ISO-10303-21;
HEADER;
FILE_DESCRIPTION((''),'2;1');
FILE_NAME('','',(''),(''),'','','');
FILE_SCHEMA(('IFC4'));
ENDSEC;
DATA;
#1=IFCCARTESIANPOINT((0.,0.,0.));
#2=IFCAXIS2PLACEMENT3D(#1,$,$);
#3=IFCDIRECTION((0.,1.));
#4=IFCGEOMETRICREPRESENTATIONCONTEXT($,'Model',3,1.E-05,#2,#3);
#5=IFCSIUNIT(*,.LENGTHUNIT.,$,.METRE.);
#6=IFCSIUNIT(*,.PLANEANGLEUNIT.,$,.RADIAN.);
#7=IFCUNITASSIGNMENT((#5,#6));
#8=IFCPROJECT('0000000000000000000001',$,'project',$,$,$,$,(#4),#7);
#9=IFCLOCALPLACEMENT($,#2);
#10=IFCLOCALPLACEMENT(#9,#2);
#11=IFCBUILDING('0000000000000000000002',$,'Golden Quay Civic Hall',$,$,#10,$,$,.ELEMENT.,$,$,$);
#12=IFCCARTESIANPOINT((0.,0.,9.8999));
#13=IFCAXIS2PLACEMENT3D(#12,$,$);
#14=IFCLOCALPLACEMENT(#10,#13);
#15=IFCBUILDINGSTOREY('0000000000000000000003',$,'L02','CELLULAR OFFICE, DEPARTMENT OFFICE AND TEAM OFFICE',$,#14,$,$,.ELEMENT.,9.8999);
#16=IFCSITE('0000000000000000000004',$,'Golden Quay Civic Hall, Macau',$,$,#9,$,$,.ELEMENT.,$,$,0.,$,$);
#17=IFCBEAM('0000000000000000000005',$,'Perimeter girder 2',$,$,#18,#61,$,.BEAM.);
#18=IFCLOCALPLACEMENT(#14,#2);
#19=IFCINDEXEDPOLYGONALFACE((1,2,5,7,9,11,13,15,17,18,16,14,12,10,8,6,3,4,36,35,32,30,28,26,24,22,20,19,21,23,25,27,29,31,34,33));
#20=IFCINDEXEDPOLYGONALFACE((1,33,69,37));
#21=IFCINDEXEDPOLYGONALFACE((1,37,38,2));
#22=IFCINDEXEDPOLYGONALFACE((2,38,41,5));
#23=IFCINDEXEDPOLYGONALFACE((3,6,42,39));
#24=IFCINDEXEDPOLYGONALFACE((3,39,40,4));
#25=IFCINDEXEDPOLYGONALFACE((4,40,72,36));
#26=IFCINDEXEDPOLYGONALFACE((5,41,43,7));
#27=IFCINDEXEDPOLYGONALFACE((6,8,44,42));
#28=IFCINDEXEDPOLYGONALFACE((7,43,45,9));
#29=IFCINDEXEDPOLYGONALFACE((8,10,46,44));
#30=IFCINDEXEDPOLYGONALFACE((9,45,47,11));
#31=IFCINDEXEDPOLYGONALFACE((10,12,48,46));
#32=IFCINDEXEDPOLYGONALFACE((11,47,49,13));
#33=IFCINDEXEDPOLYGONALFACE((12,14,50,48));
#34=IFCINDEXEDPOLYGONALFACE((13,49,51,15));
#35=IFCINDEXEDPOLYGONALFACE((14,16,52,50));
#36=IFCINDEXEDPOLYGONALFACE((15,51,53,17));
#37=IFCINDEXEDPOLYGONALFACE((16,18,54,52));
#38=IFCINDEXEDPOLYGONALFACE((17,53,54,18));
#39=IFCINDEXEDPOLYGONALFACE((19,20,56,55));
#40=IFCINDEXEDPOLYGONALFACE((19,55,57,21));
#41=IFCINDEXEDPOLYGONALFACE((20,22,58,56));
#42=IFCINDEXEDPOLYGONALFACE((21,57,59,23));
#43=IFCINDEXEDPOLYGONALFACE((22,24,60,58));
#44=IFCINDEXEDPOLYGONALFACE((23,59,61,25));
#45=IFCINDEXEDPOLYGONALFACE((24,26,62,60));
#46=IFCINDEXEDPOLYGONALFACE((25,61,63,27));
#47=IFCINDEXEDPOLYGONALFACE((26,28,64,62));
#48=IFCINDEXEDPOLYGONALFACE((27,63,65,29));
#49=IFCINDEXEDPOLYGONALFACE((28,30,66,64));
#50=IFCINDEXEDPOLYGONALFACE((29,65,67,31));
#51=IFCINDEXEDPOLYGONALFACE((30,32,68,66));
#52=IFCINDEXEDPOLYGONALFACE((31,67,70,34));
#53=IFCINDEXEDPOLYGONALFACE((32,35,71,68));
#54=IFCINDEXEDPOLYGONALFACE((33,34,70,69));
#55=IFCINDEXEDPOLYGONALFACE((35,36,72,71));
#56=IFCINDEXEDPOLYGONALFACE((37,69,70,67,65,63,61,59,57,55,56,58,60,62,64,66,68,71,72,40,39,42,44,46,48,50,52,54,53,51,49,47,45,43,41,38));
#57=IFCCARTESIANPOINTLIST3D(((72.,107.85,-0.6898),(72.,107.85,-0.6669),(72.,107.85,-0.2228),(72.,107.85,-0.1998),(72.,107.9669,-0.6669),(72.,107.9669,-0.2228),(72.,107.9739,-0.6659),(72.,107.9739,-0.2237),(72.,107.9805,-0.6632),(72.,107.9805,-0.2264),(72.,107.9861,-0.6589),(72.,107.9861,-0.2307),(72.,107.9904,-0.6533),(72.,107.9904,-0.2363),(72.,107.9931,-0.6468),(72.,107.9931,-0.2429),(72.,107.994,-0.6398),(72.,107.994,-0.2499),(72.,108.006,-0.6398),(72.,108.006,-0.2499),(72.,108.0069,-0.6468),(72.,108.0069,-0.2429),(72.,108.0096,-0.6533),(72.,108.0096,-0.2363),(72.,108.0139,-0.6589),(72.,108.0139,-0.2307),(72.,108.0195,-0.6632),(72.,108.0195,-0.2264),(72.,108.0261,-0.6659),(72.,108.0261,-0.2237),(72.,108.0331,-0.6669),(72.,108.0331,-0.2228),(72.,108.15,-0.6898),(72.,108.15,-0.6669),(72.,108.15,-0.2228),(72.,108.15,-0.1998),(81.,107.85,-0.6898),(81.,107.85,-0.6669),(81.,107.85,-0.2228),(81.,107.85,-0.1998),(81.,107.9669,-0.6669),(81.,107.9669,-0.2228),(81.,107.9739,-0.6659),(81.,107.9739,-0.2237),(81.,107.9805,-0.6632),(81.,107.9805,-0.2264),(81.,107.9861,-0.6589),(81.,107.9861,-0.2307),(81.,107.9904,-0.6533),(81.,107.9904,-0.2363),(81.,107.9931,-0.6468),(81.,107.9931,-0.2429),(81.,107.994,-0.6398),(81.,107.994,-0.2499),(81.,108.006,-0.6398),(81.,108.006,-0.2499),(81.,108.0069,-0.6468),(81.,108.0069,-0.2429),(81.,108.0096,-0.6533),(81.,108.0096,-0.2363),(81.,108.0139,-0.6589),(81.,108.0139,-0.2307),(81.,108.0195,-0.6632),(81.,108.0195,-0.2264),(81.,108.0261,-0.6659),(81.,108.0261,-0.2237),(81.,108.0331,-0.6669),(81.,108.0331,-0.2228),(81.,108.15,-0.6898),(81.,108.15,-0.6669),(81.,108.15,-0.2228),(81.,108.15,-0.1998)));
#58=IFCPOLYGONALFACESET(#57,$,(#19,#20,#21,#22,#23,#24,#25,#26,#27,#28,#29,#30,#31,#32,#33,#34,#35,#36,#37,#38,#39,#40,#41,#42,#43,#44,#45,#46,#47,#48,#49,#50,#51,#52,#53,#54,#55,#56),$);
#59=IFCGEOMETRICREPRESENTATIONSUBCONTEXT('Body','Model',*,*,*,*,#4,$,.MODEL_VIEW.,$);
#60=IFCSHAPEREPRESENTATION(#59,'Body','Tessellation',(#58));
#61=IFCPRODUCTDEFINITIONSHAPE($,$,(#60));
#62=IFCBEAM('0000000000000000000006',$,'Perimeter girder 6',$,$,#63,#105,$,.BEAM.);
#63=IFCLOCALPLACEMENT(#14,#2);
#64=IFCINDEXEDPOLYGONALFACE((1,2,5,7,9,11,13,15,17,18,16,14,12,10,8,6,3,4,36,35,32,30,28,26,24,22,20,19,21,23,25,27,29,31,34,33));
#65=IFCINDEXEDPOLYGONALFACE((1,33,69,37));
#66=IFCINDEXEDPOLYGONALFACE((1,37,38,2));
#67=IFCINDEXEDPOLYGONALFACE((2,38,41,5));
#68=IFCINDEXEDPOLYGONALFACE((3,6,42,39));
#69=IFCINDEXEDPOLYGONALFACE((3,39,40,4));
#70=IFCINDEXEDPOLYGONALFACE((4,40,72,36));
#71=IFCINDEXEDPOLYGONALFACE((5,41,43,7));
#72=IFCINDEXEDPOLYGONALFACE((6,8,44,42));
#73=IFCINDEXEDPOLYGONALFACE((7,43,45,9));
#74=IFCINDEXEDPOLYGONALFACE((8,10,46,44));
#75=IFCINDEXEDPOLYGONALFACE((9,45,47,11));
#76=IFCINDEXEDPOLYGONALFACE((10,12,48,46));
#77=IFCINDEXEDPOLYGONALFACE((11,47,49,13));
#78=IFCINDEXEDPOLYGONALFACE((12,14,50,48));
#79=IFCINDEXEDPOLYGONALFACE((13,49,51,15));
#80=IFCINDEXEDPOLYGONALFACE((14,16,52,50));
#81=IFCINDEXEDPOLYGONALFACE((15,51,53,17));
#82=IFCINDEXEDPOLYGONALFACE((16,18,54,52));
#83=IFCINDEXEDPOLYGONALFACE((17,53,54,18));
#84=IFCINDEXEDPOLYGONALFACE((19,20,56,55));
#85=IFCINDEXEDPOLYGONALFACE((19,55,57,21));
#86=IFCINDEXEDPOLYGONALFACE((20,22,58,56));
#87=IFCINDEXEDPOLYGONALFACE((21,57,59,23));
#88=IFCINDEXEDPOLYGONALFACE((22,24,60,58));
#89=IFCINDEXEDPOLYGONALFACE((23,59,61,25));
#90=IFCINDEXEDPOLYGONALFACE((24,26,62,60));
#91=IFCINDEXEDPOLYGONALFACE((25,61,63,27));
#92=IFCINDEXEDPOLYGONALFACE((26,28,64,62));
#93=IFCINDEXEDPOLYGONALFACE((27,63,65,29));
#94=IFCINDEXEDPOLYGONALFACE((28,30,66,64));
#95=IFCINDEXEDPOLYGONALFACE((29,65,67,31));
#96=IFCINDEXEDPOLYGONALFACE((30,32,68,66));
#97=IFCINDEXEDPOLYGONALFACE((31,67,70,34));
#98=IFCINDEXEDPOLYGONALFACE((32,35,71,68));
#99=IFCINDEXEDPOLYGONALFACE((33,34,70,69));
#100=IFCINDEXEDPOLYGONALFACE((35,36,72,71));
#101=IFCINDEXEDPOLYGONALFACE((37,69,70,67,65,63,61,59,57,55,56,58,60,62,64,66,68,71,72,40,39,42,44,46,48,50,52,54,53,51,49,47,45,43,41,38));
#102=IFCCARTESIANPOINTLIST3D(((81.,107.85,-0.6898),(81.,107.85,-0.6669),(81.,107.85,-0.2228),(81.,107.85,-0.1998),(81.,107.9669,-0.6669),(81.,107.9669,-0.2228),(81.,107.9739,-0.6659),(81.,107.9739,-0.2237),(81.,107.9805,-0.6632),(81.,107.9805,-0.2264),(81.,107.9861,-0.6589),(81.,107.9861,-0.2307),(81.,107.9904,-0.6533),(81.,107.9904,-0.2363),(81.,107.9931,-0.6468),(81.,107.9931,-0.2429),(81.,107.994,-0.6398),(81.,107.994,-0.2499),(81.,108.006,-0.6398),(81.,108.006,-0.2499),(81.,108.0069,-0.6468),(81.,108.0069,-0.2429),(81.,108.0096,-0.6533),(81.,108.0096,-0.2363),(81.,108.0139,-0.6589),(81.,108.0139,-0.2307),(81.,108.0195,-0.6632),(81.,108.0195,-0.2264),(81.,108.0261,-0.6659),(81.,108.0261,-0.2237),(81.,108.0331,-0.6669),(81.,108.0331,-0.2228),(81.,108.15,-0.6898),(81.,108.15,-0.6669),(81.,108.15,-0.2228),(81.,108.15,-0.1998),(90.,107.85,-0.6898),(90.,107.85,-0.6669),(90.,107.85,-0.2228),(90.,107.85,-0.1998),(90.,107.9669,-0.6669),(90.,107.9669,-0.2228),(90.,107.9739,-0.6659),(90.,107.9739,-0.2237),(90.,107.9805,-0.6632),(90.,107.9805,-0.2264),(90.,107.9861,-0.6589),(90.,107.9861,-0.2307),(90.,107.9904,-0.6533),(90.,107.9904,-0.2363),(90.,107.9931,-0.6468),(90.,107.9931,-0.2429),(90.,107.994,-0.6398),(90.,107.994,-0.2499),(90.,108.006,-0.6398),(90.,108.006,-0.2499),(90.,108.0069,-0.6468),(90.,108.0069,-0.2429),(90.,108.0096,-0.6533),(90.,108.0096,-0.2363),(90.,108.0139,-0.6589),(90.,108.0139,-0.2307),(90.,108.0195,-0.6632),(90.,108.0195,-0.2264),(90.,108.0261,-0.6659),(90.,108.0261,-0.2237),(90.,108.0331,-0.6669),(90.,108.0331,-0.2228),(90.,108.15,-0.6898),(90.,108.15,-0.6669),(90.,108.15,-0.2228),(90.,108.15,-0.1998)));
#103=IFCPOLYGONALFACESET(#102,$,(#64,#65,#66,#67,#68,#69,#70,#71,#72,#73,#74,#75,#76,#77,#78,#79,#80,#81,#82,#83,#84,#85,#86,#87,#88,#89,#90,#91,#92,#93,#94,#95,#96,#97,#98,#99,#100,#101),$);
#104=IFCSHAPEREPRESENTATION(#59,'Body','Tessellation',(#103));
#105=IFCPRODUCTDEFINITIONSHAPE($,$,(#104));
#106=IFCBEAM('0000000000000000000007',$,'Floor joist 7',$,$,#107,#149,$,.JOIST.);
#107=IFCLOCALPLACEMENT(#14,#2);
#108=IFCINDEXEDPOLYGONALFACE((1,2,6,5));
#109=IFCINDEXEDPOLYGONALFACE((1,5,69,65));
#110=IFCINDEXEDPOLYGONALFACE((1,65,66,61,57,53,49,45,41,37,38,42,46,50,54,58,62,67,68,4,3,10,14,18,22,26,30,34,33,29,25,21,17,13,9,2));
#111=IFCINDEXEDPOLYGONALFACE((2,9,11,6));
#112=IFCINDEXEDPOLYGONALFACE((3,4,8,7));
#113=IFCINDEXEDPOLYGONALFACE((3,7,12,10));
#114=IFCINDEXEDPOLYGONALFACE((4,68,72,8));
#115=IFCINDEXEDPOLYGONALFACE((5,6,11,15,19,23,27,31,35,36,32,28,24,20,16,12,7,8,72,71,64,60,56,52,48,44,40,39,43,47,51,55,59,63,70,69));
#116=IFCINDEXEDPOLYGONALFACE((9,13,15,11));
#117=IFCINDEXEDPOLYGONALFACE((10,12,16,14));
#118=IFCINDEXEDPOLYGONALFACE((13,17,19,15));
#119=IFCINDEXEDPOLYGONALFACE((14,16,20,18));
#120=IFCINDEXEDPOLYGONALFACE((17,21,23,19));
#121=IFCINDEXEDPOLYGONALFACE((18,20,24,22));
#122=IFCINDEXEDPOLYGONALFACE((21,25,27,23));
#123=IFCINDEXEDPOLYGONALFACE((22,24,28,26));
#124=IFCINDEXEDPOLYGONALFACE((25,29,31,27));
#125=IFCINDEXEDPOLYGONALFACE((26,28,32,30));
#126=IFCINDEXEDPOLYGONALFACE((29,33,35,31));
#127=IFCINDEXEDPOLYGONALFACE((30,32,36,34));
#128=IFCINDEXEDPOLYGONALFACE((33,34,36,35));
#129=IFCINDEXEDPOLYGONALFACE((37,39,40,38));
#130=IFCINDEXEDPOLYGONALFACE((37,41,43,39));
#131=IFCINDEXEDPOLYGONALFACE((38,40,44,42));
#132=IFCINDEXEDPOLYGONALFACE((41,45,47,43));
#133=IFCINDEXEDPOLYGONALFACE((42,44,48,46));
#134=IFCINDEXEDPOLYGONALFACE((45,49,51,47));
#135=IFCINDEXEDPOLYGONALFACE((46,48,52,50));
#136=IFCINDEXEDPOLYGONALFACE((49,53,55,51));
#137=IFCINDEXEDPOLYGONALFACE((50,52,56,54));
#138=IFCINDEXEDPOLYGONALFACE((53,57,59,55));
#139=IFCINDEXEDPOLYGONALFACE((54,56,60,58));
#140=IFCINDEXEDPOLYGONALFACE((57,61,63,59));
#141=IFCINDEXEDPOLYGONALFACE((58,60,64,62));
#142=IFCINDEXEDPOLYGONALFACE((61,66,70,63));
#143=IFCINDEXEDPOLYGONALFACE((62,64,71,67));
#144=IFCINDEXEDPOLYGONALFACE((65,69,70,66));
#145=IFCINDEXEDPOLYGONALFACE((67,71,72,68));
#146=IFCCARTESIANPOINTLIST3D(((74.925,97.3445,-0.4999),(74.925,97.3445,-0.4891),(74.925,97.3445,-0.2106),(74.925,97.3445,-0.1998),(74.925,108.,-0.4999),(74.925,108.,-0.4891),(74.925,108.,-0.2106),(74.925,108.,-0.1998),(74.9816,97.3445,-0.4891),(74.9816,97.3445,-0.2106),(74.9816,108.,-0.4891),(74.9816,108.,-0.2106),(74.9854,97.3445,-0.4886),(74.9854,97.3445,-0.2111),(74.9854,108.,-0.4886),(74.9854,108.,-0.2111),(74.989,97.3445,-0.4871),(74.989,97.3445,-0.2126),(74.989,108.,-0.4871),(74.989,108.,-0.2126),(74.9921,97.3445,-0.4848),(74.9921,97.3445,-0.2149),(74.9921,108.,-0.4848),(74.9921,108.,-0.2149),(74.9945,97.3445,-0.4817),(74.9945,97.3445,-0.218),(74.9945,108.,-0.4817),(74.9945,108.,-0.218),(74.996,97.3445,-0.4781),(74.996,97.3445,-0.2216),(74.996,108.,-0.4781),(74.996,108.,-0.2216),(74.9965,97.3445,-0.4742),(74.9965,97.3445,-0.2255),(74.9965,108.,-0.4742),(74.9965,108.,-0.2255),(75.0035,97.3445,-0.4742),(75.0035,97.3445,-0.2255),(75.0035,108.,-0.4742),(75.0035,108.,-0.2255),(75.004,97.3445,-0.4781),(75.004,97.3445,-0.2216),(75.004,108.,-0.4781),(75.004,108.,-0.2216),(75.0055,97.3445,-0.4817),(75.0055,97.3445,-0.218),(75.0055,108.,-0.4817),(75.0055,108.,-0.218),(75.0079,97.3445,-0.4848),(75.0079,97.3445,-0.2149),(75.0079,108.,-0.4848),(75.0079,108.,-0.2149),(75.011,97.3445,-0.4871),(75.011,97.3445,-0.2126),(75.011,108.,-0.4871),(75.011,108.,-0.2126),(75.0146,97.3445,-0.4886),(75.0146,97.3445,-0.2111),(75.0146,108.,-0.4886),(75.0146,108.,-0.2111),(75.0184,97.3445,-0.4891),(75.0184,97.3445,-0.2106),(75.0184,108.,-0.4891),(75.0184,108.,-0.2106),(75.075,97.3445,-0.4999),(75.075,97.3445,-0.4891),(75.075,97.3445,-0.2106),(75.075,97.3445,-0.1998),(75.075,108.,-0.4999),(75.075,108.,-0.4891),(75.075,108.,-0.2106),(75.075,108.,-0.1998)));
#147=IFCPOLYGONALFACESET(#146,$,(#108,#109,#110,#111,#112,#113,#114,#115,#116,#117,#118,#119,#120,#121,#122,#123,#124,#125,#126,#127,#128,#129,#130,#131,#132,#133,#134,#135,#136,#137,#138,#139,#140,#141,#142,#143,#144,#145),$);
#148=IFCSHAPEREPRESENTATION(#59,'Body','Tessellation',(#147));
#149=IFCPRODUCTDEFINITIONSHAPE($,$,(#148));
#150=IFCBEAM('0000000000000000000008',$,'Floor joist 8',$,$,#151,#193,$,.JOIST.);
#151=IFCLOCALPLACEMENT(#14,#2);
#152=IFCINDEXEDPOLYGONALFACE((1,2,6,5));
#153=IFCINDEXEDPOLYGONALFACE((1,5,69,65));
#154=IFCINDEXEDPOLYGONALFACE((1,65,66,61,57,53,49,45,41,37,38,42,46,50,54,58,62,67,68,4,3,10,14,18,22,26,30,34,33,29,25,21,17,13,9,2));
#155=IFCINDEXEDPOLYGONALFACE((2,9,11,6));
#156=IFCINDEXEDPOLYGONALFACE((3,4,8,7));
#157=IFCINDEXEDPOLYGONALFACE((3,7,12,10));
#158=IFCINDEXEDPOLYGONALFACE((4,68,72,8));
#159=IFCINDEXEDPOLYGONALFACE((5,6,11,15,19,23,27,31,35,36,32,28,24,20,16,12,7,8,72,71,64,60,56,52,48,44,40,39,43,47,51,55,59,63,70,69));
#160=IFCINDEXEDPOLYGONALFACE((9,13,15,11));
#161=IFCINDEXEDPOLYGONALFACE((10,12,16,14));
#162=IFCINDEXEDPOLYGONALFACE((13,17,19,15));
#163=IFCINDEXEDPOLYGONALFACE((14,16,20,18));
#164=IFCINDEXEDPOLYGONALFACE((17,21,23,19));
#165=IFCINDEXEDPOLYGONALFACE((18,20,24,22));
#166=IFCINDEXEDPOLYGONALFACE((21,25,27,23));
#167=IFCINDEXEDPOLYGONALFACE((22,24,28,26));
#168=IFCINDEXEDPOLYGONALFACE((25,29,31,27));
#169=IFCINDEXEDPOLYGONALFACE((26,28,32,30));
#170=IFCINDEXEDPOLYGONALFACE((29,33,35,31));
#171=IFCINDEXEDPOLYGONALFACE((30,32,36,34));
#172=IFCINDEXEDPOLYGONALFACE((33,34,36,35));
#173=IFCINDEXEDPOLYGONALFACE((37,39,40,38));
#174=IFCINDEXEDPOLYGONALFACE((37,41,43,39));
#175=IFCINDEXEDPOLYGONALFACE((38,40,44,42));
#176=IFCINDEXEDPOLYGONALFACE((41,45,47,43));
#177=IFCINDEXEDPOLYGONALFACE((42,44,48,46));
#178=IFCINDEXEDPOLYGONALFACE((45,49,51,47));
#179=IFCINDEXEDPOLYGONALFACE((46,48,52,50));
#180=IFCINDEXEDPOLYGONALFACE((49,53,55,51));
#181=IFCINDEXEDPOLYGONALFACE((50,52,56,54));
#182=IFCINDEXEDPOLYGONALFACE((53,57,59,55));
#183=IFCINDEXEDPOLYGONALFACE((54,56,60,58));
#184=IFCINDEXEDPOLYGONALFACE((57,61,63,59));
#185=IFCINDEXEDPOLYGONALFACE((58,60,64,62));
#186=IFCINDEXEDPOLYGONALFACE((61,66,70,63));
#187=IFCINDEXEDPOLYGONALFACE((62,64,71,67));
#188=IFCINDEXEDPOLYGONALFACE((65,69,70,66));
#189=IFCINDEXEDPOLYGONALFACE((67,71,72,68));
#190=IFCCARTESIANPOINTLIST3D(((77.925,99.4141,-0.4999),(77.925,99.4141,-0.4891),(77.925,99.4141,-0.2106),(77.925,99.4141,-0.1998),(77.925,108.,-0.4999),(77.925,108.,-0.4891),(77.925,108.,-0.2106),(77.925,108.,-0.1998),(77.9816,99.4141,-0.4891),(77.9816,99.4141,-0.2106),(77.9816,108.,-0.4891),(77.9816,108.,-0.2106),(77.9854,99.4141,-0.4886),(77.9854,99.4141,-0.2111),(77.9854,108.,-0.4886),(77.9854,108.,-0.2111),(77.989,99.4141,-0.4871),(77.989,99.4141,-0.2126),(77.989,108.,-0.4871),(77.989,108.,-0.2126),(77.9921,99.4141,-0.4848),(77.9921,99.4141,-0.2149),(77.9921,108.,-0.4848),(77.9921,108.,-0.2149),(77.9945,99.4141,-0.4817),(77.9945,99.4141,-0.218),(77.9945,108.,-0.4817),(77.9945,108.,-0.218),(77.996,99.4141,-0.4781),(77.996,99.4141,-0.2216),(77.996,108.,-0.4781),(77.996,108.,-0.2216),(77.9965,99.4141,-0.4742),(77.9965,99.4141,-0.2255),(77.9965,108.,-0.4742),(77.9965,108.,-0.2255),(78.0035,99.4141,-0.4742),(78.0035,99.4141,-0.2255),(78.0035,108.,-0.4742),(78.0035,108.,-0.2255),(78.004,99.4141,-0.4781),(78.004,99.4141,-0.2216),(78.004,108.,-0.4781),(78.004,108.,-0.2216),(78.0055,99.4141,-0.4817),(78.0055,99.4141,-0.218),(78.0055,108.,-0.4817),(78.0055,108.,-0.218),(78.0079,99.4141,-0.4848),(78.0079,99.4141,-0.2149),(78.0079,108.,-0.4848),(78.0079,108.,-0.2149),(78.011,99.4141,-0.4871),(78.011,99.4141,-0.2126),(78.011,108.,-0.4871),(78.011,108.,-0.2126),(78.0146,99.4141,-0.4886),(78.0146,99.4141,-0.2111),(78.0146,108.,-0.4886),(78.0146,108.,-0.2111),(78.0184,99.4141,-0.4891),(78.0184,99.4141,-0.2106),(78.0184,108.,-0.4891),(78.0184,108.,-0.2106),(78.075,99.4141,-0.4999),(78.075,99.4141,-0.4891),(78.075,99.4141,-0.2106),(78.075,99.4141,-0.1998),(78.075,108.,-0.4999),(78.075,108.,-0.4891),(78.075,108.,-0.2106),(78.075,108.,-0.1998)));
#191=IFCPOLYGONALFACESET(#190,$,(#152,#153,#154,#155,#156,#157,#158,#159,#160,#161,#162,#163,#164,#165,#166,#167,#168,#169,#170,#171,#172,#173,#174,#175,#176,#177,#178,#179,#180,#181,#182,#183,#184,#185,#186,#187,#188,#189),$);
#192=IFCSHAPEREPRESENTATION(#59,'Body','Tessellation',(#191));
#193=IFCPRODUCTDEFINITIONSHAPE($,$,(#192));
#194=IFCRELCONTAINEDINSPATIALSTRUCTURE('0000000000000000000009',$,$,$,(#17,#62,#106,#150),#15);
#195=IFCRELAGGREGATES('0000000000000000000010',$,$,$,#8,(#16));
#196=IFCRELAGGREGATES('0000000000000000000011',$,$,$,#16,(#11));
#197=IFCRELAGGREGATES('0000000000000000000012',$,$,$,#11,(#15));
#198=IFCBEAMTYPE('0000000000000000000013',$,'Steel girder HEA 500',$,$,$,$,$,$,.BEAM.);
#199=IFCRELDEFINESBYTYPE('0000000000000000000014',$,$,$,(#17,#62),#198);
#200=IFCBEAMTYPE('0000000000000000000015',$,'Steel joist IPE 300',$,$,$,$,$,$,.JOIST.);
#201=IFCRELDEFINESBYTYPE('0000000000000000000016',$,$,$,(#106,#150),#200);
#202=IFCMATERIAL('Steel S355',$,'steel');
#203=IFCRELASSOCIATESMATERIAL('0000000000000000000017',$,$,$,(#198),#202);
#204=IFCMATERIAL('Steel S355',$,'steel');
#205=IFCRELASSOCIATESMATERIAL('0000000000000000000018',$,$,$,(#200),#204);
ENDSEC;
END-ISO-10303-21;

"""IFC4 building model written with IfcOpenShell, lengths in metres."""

from ifc_helpers import new_model, si_unit, direction, frame, origin, origin_2d, place, context, subcontext, project, spatial, i_section, extrude, material, material_profile, profile_set, type_object, element, save


model = new_model("IFC4")

# Units and contexts
model_context = context("Model", 3, precision=1e-05, world=origin(), true_north=direction((0.0, 1.0)))
body_context = subcontext(model_context, "Body", "Model", "MODEL_VIEW")
ifc_project = project(units=[si_unit("LENGTHUNIT", "METRE"), si_unit("PLANEANGLEUNIT", "RADIAN")], contexts=[model_context])

# Site, building, storey
site_placement = place(None, origin())
site = spatial("IfcSite", under=ifc_project, at=site_placement, Name="Golden Quay Civic Hall, Macau", CompositionType="ELEMENT", RefElevation=0.0)
building_placement = place(site_placement, origin())
building = spatial("IfcBuilding", under=site, at=building_placement, Name="Golden Quay Civic Hall", CompositionType="ELEMENT")
storey_placement = place(building_placement, frame((0.0, 0.0, 9.8999)))
storey = spatial("IfcBuildingStorey", under=building, at=storey_placement, Name="L02", Description="CELLULAR OFFICE, DEPARTMENT OFFICE AND TEAM OFFICE", CompositionType="ELEMENT", Elevation=9.8999)

# Beams
ifc_material_1 = material(Name="Steel S355", Category="steel")
ifc_material_profile_1 = material_profile(ifc_material_1, i_section(OverallWidth=0.3, OverallDepth=0.49, WebThickness=0.012, FlangeThickness=0.0229, FilletRadius=0.0271, at=origin_2d()), Name="HEA 500")
ifc_profile_set_1 = profile_set([ifc_material_profile_1], Name="Steel S355")
beam_type_1 = type_object("IfcBeamType", Name="Steel girder HEA 500", PredefinedType="BEAM", material=ifc_profile_set_1)
for number, where, z_axis, x_axis, name in (
    (1, (72.0, 108.0, -0.4448), (1.0, 0.0, 0.0), (0.0, 1.0, 0.0), "Perimeter girder 2"),
    (2, (81.0, 108.0, -0.4448), (1.0, 0.0, 0.0), (0.0, 1.0, 0.0), "Perimeter girder 6"),
):
    element("IfcBeam", number, at=place(storey_placement, frame(where, z_axis=z_axis, x_axis=x_axis)), inside=storey, type_object=beam_type_1, Name=name, PredefinedType="BEAM", context=body_context, shape_type="SweptSolid", body=[
        extrude(i_section(OverallWidth=0.3, OverallDepth=0.49, WebThickness=0.012, FlangeThickness=0.0229, FilletRadius=0.0271, at=origin_2d()), origin(), (0.0, 0.0, 1.0), 9.0),
    ])
ifc_material_2 = material(Name="Steel S355", Category="steel")
ifc_material_profile_2 = material_profile(ifc_material_2, i_section(OverallWidth=0.1499, OverallDepth=0.3, WebThickness=0.0071, FlangeThickness=0.0107, FilletRadius=0.0149, at=origin_2d()), Name="IPE 300")
ifc_profile_set_2 = profile_set([ifc_material_profile_2], Name="Steel S355")
beam_type_2 = type_object("IfcBeamType", Name="Steel joist IPE 300", PredefinedType="JOIST", material=ifc_profile_set_2)
beam_1_placement = place(storey_placement, frame((75.0, 108.0, -0.3499), z_axis=(0.0, -1.0, 0.0), x_axis=(1.0, 0.0, 0.0)))
element("IfcBeam", 3, at=beam_1_placement, inside=storey, type_object=beam_type_2, Name="Floor joist 7", PredefinedType="JOIST", context=body_context, shape_type="SweptSolid", body=[
    extrude(i_section(OverallWidth=0.1499, OverallDepth=0.3, WebThickness=0.0071, FlangeThickness=0.0107, FilletRadius=0.0149, at=origin_2d()), origin(), (0.0, 0.0, 1.0), 10.6555),
])
beam_2_placement = place(storey_placement, frame((78.0, 108.0, -0.3499), z_axis=(0.0, -1.0, 0.0), x_axis=(1.0, 0.0, 0.0)))
element("IfcBeam", 4, at=beam_2_placement, inside=storey, type_object=beam_type_2, Name="Floor joist 8", PredefinedType="JOIST", context=body_context, shape_type="SweptSolid", body=[
    extrude(i_section(OverallWidth=0.1499, OverallDepth=0.3, WebThickness=0.0071, FlangeThickness=0.0107, FilletRadius=0.0149, at=origin_2d()), origin(), (0.0, 0.0, 1.0), 8.5859),
])

save(model, "model.ifc")
